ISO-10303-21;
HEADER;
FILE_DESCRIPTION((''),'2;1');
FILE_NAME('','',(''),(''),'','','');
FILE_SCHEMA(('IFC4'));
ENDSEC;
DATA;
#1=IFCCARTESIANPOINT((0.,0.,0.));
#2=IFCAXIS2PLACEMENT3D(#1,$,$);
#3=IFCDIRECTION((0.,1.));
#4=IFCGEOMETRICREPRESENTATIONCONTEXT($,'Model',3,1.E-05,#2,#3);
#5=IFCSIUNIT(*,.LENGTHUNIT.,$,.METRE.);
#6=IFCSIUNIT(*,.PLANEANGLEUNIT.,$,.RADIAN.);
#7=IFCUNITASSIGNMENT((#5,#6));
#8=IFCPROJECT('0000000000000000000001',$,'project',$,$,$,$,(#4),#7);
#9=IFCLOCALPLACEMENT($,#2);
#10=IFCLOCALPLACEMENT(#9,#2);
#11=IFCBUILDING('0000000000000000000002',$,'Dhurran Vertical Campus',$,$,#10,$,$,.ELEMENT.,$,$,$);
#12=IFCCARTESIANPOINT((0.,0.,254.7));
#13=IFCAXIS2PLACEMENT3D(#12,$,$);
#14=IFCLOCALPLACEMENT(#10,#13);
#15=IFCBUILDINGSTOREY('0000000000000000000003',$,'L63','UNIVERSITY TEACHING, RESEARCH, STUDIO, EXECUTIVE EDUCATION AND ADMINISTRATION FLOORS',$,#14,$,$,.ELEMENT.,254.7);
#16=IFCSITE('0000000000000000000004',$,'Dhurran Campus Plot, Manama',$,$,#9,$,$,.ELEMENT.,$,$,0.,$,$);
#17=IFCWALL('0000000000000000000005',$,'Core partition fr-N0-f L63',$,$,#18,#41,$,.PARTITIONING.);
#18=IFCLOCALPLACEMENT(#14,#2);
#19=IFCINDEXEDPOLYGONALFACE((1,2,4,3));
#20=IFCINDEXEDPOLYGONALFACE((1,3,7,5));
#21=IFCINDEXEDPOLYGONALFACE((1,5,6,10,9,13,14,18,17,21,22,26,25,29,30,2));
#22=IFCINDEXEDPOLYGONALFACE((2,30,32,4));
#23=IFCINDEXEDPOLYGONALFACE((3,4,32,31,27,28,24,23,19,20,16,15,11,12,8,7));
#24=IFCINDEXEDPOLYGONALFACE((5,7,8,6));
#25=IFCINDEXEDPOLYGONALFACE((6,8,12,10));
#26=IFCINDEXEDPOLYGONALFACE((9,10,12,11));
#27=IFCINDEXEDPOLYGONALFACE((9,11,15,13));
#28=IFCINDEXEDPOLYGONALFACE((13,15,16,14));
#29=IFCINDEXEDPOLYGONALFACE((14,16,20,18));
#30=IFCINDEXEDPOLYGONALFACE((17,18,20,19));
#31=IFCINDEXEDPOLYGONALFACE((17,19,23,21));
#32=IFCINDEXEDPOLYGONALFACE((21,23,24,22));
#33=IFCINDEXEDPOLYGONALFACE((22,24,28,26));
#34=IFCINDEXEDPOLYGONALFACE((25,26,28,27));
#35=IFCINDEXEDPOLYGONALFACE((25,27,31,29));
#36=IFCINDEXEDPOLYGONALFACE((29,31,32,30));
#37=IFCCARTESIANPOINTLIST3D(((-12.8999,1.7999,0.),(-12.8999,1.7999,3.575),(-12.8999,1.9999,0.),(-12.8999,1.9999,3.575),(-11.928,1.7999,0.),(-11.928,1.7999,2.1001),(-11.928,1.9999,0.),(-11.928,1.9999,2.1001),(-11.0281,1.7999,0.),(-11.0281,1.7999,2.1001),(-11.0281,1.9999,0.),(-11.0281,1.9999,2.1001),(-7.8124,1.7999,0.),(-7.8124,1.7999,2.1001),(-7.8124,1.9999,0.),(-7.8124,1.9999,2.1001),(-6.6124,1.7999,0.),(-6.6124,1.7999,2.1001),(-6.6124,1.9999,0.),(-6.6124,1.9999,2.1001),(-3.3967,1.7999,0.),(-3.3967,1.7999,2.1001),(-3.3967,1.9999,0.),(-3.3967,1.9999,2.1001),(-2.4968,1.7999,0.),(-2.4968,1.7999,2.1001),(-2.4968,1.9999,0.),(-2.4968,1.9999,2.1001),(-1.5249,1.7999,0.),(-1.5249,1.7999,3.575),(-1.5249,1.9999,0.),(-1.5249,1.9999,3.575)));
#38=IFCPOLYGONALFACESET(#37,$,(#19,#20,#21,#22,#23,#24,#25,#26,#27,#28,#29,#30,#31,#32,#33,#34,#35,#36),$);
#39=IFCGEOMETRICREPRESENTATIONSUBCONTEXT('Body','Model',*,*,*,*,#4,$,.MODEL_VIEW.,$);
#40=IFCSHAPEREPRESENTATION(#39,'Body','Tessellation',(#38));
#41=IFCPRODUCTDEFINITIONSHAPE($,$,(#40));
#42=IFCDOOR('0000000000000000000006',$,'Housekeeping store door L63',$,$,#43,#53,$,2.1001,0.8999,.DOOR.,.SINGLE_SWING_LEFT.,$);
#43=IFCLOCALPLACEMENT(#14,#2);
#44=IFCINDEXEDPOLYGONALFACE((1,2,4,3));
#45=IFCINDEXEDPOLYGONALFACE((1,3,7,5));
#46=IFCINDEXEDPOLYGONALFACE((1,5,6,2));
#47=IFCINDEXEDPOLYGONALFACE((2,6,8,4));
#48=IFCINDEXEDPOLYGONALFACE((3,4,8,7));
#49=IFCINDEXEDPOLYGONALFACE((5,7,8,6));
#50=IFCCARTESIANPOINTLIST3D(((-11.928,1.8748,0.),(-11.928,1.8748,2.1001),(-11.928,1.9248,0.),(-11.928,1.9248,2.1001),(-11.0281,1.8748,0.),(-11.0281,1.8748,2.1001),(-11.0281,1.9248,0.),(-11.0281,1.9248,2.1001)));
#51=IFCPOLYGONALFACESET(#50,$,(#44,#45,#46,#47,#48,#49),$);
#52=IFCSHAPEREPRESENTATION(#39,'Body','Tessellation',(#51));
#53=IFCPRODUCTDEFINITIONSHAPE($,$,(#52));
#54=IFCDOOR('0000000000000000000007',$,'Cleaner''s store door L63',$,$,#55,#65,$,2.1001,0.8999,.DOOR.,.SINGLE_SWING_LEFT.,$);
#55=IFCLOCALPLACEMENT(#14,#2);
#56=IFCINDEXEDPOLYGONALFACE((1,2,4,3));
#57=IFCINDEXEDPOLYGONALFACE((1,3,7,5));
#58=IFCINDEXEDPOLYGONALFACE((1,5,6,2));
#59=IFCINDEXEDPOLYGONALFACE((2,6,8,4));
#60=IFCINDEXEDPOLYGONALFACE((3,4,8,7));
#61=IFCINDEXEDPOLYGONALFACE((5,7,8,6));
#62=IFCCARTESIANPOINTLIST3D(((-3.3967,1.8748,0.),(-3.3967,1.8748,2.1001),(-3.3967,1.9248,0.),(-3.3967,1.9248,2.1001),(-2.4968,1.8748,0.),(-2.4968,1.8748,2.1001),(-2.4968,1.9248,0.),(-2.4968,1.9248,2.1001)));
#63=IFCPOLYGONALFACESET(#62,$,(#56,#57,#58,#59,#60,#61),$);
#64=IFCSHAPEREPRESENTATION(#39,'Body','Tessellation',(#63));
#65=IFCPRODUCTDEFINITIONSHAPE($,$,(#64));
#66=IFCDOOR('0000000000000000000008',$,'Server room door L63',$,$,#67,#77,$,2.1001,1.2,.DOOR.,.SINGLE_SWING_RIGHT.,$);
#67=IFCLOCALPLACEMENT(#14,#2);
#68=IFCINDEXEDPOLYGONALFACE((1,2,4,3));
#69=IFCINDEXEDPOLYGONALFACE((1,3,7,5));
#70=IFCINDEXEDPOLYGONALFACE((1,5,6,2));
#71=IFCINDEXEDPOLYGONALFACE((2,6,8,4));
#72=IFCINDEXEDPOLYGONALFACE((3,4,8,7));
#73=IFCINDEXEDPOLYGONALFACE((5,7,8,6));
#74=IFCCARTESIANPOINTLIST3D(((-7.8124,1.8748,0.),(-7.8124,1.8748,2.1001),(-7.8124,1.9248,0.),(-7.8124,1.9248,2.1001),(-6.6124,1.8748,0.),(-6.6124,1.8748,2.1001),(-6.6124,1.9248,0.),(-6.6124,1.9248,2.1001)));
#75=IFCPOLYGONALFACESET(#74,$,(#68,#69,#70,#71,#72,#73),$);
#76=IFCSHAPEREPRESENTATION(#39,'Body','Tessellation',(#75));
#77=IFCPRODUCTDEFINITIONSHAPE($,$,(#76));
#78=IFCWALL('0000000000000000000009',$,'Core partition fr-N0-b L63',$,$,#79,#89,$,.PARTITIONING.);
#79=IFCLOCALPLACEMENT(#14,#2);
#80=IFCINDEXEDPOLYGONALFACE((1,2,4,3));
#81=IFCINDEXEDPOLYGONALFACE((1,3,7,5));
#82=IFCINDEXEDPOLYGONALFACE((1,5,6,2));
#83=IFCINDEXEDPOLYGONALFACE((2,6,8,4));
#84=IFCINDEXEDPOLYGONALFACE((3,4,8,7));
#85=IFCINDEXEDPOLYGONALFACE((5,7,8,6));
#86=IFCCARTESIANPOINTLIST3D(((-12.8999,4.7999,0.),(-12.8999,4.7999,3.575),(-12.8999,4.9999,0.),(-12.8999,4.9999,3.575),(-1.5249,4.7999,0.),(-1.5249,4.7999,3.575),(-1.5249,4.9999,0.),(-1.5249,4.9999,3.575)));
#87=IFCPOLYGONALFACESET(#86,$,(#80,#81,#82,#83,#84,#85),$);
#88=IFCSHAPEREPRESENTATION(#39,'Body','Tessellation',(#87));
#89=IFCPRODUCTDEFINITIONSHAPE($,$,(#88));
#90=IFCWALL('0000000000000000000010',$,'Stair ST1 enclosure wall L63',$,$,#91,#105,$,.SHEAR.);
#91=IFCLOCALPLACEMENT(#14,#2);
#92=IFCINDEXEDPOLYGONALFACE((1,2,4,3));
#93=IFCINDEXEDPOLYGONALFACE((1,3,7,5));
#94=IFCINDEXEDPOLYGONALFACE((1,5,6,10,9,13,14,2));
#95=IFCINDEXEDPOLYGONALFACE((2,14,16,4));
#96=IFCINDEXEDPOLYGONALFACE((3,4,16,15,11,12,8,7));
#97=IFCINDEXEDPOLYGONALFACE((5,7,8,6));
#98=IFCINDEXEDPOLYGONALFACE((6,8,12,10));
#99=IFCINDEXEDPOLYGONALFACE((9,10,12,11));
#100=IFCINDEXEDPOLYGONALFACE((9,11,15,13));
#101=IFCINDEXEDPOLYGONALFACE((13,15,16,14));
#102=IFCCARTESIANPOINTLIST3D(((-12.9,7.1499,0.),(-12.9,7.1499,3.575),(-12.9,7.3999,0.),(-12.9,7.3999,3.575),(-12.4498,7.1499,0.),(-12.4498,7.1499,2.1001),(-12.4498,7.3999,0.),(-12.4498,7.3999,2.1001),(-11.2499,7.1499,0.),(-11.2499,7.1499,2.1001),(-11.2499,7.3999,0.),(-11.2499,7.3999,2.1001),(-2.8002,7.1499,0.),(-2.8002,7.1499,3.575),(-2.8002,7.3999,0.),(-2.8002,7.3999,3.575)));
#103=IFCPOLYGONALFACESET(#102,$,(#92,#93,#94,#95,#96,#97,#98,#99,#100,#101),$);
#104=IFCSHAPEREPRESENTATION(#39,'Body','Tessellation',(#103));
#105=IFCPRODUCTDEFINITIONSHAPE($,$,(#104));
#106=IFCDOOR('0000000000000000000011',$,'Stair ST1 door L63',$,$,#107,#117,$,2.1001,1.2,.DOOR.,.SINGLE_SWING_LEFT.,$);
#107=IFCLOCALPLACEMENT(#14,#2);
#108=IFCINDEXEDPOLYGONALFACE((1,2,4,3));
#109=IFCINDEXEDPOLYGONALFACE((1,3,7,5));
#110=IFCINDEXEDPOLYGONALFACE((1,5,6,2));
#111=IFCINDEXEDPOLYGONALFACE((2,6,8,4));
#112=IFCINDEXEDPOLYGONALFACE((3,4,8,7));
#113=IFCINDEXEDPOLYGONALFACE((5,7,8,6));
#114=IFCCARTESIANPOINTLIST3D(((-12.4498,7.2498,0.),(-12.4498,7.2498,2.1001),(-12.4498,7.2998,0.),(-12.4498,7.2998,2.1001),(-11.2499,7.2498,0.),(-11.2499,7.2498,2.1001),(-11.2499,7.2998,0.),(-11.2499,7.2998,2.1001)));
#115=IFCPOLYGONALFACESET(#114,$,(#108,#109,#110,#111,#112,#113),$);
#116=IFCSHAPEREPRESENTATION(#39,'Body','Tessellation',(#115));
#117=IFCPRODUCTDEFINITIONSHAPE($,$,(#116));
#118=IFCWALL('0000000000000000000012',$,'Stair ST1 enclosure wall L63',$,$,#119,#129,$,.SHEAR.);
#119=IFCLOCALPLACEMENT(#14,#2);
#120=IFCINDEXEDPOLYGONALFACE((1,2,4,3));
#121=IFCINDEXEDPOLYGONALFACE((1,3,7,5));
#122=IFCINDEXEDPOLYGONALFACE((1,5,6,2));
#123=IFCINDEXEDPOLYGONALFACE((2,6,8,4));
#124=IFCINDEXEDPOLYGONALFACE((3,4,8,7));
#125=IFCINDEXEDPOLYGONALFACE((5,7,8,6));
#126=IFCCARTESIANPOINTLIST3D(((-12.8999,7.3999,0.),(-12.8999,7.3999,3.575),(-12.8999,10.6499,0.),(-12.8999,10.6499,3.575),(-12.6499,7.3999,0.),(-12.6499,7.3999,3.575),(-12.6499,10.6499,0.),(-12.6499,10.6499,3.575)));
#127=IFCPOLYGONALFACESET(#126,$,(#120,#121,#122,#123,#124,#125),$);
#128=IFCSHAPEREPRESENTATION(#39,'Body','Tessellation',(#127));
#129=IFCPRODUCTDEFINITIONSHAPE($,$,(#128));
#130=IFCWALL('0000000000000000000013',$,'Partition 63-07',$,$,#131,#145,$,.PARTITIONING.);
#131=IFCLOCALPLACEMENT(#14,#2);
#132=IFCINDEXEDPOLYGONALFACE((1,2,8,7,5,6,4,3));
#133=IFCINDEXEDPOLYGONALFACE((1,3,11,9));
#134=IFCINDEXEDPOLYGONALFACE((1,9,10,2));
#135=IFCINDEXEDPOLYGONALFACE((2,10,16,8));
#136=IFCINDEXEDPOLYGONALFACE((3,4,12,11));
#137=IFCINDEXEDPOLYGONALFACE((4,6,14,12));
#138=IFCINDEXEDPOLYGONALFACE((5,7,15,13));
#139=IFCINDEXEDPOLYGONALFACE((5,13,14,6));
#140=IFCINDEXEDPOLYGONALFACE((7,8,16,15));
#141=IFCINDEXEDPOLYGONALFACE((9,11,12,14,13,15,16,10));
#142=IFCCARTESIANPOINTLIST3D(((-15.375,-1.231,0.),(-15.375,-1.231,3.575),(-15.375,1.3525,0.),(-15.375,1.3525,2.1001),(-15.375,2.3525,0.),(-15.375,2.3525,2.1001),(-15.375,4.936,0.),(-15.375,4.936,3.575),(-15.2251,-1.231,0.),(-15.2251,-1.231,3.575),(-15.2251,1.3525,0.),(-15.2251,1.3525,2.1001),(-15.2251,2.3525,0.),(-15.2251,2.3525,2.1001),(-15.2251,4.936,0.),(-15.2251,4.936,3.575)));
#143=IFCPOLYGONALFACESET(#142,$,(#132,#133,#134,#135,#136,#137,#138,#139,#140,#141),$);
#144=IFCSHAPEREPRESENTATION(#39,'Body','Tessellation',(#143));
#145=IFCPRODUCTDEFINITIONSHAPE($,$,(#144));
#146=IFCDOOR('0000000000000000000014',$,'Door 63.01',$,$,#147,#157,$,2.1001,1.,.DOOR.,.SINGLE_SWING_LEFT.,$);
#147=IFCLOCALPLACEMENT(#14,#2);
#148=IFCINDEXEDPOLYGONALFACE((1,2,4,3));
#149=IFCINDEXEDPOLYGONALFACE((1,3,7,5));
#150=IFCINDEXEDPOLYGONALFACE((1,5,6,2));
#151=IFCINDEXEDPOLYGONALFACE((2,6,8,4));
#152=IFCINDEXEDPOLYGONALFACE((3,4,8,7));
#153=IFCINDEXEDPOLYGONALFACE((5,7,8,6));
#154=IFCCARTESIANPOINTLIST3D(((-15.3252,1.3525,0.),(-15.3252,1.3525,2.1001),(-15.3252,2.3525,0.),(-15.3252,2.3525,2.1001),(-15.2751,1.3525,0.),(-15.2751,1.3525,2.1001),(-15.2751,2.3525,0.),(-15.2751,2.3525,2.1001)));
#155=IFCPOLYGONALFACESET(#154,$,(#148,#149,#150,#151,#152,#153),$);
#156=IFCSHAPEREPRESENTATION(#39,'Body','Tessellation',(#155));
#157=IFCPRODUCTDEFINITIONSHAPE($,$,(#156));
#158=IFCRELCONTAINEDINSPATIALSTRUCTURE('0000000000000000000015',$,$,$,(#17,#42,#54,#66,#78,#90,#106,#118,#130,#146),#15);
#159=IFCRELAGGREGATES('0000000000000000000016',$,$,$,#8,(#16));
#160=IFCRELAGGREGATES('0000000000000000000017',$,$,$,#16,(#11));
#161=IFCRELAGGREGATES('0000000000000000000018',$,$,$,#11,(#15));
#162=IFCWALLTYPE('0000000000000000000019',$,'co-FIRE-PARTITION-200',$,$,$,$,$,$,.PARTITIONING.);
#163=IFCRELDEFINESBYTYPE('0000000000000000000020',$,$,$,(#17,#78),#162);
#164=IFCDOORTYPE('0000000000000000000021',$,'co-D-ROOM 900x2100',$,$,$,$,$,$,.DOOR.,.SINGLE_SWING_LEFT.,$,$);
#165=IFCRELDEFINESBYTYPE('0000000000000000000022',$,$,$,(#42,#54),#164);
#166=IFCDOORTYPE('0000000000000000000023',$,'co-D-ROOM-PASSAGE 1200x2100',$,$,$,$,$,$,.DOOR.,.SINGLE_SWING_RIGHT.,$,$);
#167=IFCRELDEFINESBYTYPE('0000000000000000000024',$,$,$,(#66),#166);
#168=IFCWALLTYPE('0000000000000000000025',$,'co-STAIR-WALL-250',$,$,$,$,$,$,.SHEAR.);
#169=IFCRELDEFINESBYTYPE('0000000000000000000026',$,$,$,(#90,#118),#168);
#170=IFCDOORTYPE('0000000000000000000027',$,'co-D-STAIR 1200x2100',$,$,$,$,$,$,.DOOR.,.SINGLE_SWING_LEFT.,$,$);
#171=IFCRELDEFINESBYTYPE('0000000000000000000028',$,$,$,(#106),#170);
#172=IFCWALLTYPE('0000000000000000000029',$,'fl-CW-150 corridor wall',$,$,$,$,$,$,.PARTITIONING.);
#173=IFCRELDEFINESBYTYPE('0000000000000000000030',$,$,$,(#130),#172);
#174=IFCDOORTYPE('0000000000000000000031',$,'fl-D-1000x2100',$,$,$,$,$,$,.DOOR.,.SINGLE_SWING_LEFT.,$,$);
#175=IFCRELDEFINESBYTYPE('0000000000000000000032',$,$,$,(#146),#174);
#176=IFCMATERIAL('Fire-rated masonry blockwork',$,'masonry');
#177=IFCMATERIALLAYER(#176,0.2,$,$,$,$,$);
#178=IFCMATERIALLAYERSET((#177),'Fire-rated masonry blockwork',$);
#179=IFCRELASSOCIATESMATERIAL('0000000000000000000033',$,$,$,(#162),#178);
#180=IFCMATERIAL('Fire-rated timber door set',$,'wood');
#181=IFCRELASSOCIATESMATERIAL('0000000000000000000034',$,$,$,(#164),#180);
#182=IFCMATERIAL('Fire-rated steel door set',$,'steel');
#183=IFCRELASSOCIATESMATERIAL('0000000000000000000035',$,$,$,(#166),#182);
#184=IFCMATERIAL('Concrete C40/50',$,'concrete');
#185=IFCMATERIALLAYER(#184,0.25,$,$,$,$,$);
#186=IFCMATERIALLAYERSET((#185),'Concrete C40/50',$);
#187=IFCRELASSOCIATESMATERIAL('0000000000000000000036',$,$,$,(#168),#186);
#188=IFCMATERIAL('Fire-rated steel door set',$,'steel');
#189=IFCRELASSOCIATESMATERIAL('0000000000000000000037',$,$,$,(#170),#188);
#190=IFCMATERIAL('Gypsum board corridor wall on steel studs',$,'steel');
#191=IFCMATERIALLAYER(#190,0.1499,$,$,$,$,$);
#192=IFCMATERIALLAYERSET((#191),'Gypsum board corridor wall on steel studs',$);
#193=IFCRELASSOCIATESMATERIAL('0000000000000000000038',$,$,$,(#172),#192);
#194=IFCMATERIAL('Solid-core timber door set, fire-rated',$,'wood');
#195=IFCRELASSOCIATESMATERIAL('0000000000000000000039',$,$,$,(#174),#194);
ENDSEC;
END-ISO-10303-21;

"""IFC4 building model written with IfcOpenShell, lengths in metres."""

from ifc_helpers import new_model, si_unit, direction, frame, frame_2d, origin, place, context, subcontext, project, spatial, rectangle, extrude, material, layer, layer_set, type_object, element, fill, save


model = new_model("IFC4")

# Units and contexts
model_context = context("Model", 3, precision=1e-05, world=origin(), true_north=direction((0.0, 1.0)))
body_context = subcontext(model_context, "Body", "Model", "MODEL_VIEW")
ifc_project = project(units=[si_unit("LENGTHUNIT", "METRE"), si_unit("PLANEANGLEUNIT", "RADIAN")], contexts=[model_context])

# Site, building, storey
site_placement = place(None, origin())
site = spatial("IfcSite", under=ifc_project, at=site_placement, Name="Dhurran Campus Plot, Manama", CompositionType="ELEMENT", RefElevation=0.0)
building_placement = place(site_placement, origin())
building = spatial("IfcBuilding", under=site, at=building_placement, Name="Dhurran Vertical Campus", CompositionType="ELEMENT")
storey_placement = place(building_placement, frame((0.0, 0.0, 254.7)))
storey = spatial("IfcBuildingStorey", under=building, at=storey_placement, Name="L63", Description="UNIVERSITY TEACHING, RESEARCH, STUDIO, EXECUTIVE EDUCATION AND ADMINISTRATION FLOORS", CompositionType="ELEMENT", Elevation=254.7)

# Wall, openings, doors
ifc_material_1 = material(Name="Fire-rated masonry blockwork", Category="masonry")
ifc_layer_1 = layer(ifc_material_1, 0.2)
ifc_layer_set_1 = layer_set([ifc_layer_1], Name="Fire-rated masonry blockwork")
wall_type_1 = type_object("IfcWallType", Name="co-FIRE-PARTITION-200", PredefinedType="PARTITIONING", material=ifc_layer_set_1)
wall_1_placement = place(storey_placement, frame((-12.8999, 1.8999, 0.0), z_axis=(0.0, 0.0, 1.0), x_axis=(1.0, 0.0, 0.0)))
wall_1 = element("IfcWall", 1, at=wall_1_placement, inside=storey, type_object=wall_type_1, Name="Core partition fr-N0-f L63", PredefinedType="PARTITIONING", context=body_context, shape_type="SweptSolid", body=[
    extrude(rectangle(XDim=11.375, YDim=0.2, at=frame_2d((5.6875, 0.0))), origin(), (0.0, 0.0, 1.0), 3.575),
])
opening_1_placement = place(wall_1_placement, frame((0.9719, 0.0, 0.0)))
opening_1 = element("IfcOpeningElement", 2, at=opening_1_placement, cuts=wall_1, PredefinedType="OPENING", context=body_context, shape_type="SweptSolid", body=[
    extrude(rectangle(XDim=0.8999, YDim=2.1001, at=frame_2d((0.45, 1.05))), frame((0.0, 0.1099, 0.0), z_axis=(0.0, -1.0, 0.0), x_axis=(1.0, 0.0, 0.0)), (0.0, 0.0, 1.0), 0.22),
])
opening_2_placement = place(wall_1_placement, frame((5.0874, 0.0, 0.0)))
opening_2 = element("IfcOpeningElement", 3, at=opening_2_placement, cuts=wall_1, PredefinedType="OPENING", context=body_context, shape_type="SweptSolid", body=[
    extrude(rectangle(XDim=1.2, YDim=2.1001, at=frame_2d((0.6001, 1.05))), frame((0.0, 0.1099, 0.0), z_axis=(0.0, -1.0, 0.0), x_axis=(1.0, 0.0, 0.0)), (0.0, 0.0, 1.0), 0.22),
])
opening_3_placement = place(wall_1_placement, frame((9.5032, 0.0, 0.0)))
opening_3 = element("IfcOpeningElement", 4, at=opening_3_placement, cuts=wall_1, PredefinedType="OPENING", context=body_context, shape_type="SweptSolid", body=[
    extrude(rectangle(XDim=0.8999, YDim=2.1001, at=frame_2d((0.45, 1.05))), frame((0.0, 0.1099, 0.0), z_axis=(0.0, -1.0, 0.0), x_axis=(1.0, 0.0, 0.0)), (0.0, 0.0, 1.0), 0.22),
])
ifc_material_2 = material(Name="Fire-rated timber door set", Category="wood")
door_type_1 = type_object("IfcDoorType", Name="co-D-ROOM 900x2100", OperationType="SINGLE_SWING_LEFT", PredefinedType="DOOR", material=ifc_material_2)
door_1_placement = place(opening_1_placement, origin())
door_1 = element("IfcDoor", 5, at=door_1_placement, inside=storey, type_object=door_type_1, Name="Housekeeping store door L63", OperationType="SINGLE_SWING_LEFT", OverallHeight=2.1001, OverallWidth=0.8999, PredefinedType="DOOR", context=body_context, shape_type="SweptSolid", body=[
    extrude(rectangle(XDim=0.8999, YDim=2.1001, at=frame_2d((0.45, 1.05))), frame((0.0, 0.0249, 0.0), z_axis=(0.0, -1.0, 0.0), x_axis=(1.0, 0.0, 0.0)), (0.0, 0.0, 1.0), 0.05),
])
fill(opening_1, door_1)
door_2_placement = place(opening_3_placement, origin())
door_2 = element("IfcDoor", 6, at=door_2_placement, inside=storey, type_object=door_type_1, Name="Cleaner's store door L63", OperationType="SINGLE_SWING_LEFT", OverallHeight=2.1001, OverallWidth=0.8999, PredefinedType="DOOR", context=body_context, shape_type="SweptSolid", body=[
    extrude(rectangle(XDim=0.8999, YDim=2.1001, at=frame_2d((0.45, 1.05))), frame((0.0, 0.0249, 0.0), z_axis=(0.0, -1.0, 0.0), x_axis=(1.0, 0.0, 0.0)), (0.0, 0.0, 1.0), 0.05),
])
fill(opening_3, door_2)
ifc_material_3 = material(Name="Fire-rated steel door set", Category="steel")
door_type_2 = type_object("IfcDoorType", Name="co-D-ROOM-PASSAGE 1200x2100", OperationType="SINGLE_SWING_RIGHT", PredefinedType="DOOR", material=ifc_material_3)
door_3_placement = place(opening_2_placement, origin())
door_3 = element("IfcDoor", 7, at=door_3_placement, inside=storey, type_object=door_type_2, Name="Server room door L63", OperationType="SINGLE_SWING_RIGHT", OverallHeight=2.1001, OverallWidth=1.2, PredefinedType="DOOR", context=body_context, shape_type="SweptSolid", body=[
    extrude(rectangle(XDim=1.2, YDim=2.1001, at=frame_2d((0.6001, 1.05))), frame((0.0, 0.0249, 0.0), z_axis=(0.0, -1.0, 0.0), x_axis=(1.0, 0.0, 0.0)), (0.0, 0.0, 1.0), 0.05),
])
fill(opening_2, door_3)

# Wall
wall_2_placement = place(storey_placement, frame((-12.8999, 4.8999, 0.0), z_axis=(0.0, 0.0, 1.0), x_axis=(1.0, 0.0, 0.0)))
element("IfcWall", 8, at=wall_2_placement, inside=storey, type_object=wall_type_1, Name="Core partition fr-N0-b L63", PredefinedType="PARTITIONING", context=body_context, shape_type="SweptSolid", body=[
    extrude(rectangle(XDim=11.375, YDim=0.2, at=frame_2d((5.6875, 0.0))), origin(), (0.0, 0.0, 1.0), 3.575),
])

# Wall, opening, door
ifc_material_4 = material(Name="Concrete C40/50", Category="concrete")
ifc_layer_2 = layer(ifc_material_4, 0.25)
ifc_layer_set_2 = layer_set([ifc_layer_2], Name="Concrete C40/50")
wall_type_2 = type_object("IfcWallType", Name="co-STAIR-WALL-250", PredefinedType="SHEAR", material=ifc_layer_set_2)
wall_3_placement = place(storey_placement, frame((-12.8999, 7.2749, 0.0), z_axis=(0.0, 0.0, 1.0), x_axis=(1.0, 0.0, 0.0)))
wall_3 = element("IfcWall", 9, at=wall_3_placement, inside=storey, type_object=wall_type_2, Name="Stair ST1 enclosure wall L63", PredefinedType="SHEAR", context=body_context, shape_type="SweptSolid", body=[
    extrude(rectangle(XDim=10.0999, YDim=0.25, at=frame_2d((5.0498, 0.0))), origin(), (0.0, 0.0, 1.0), 3.575),
])
opening_4_placement = place(wall_3_placement, frame((0.45, 0.0, 0.0)))
opening_4 = element("IfcOpeningElement", 10, at=opening_4_placement, cuts=wall_3, PredefinedType="OPENING", context=body_context, shape_type="SweptSolid", body=[
    extrude(rectangle(XDim=1.2, YDim=2.1001, at=frame_2d((0.6001, 1.05))), frame((0.0, 0.135, 0.0), z_axis=(0.0, -1.0, 0.0), x_axis=(1.0, 0.0, 0.0)), (0.0, 0.0, 1.0), 0.27),
])
ifc_material_5 = material(Name="Fire-rated steel door set", Category="steel")
door_type_3 = type_object("IfcDoorType", Name="co-D-STAIR 1200x2100", OperationType="SINGLE_SWING_LEFT", PredefinedType="DOOR", material=ifc_material_5)
door_4_placement = place(opening_4_placement, origin())
door_4 = element("IfcDoor", 11, at=door_4_placement, inside=storey, type_object=door_type_3, Name="Stair ST1 door L63", OperationType="SINGLE_SWING_LEFT", OverallHeight=2.1001, OverallWidth=1.2, PredefinedType="DOOR", context=body_context, shape_type="SweptSolid", body=[
    extrude(rectangle(XDim=1.2, YDim=2.1001, at=frame_2d((0.6001, 1.05))), frame((0.0, 0.0249, 0.0), z_axis=(0.0, -1.0, 0.0), x_axis=(1.0, 0.0, 0.0)), (0.0, 0.0, 1.0), 0.05),
])
fill(opening_4, door_4)

# Wall
wall_4_placement = place(storey_placement, frame((-12.7749, 7.3999, 0.0), z_axis=(0.0, 0.0, 1.0), x_axis=(0.0, 1.0, 0.0)))
element("IfcWall", 12, at=wall_4_placement, inside=storey, type_object=wall_type_2, Name="Stair ST1 enclosure wall L63", PredefinedType="SHEAR", context=body_context, shape_type="SweptSolid", body=[
    extrude(rectangle(XDim=3.25, YDim=0.25, at=frame_2d((1.625, 0.0))), origin(), (0.0, 0.0, 1.0), 3.575),
])

# Wall, opening, door
ifc_material_6 = material(Name="Gypsum board corridor wall on steel studs", Category="steel")
ifc_layer_3 = layer(ifc_material_6, 0.1499)
ifc_layer_set_3 = layer_set([ifc_layer_3], Name="Gypsum board corridor wall on steel studs")
wall_type_3 = type_object("IfcWallType", Name="fl-CW-150 corridor wall", PredefinedType="PARTITIONING", material=ifc_layer_set_3)
wall_5_placement = place(storey_placement, frame((-15.3, 4.936, 0.0), z_axis=(0.0, 0.0, 1.0), x_axis=(0.0, -1.0, 0.0)))
wall_5 = element("IfcWall", 13, at=wall_5_placement, inside=storey, type_object=wall_type_3, Name="Partition 63-07", PredefinedType="PARTITIONING", context=body_context, shape_type="SweptSolid", body=[
    extrude(rectangle(XDim=6.167, YDim=0.1499, at=frame_2d((3.0835, 0.0))), origin(), (0.0, 0.0, 1.0), 3.575),
])
opening_5_placement = place(wall_5_placement, frame((2.5835, 0.0, 0.0)))
opening_5 = element("IfcOpeningElement", 14, at=opening_5_placement, cuts=wall_5, PredefinedType="OPENING", context=body_context, shape_type="SweptSolid", body=[
    extrude(rectangle(XDim=1.0, YDim=2.1001, at=frame_2d((0.5, 1.05))), frame((0.0, 0.085, 0.0), z_axis=(0.0, -1.0, 0.0), x_axis=(1.0, 0.0, 0.0)), (0.0, 0.0, 1.0), 0.1699),
])
ifc_material_7 = material(Name="Solid-core timber door set, fire-rated", Category="wood")
door_type_4 = type_object("IfcDoorType", Name="fl-D-1000x2100", OperationType="SINGLE_SWING_LEFT", PredefinedType="DOOR", material=ifc_material_7)
door_5_placement = place(opening_5_placement, origin())
door_5 = element("IfcDoor", 15, at=door_5_placement, inside=storey, type_object=door_type_4, Name="Door 63.01", OperationType="SINGLE_SWING_LEFT", OverallHeight=2.1001, OverallWidth=1.0, PredefinedType="DOOR", context=body_context, shape_type="SweptSolid", body=[
    extrude(rectangle(XDim=1.0, YDim=2.1001, at=frame_2d((0.5, 1.05))), frame((0.0, 0.0249, 0.0), z_axis=(0.0, -1.0, 0.0), x_axis=(1.0, 0.0, 0.0)), (0.0, 0.0, 1.0), 0.05),
])
fill(opening_5, door_5)

save(model, "model.ifc")
